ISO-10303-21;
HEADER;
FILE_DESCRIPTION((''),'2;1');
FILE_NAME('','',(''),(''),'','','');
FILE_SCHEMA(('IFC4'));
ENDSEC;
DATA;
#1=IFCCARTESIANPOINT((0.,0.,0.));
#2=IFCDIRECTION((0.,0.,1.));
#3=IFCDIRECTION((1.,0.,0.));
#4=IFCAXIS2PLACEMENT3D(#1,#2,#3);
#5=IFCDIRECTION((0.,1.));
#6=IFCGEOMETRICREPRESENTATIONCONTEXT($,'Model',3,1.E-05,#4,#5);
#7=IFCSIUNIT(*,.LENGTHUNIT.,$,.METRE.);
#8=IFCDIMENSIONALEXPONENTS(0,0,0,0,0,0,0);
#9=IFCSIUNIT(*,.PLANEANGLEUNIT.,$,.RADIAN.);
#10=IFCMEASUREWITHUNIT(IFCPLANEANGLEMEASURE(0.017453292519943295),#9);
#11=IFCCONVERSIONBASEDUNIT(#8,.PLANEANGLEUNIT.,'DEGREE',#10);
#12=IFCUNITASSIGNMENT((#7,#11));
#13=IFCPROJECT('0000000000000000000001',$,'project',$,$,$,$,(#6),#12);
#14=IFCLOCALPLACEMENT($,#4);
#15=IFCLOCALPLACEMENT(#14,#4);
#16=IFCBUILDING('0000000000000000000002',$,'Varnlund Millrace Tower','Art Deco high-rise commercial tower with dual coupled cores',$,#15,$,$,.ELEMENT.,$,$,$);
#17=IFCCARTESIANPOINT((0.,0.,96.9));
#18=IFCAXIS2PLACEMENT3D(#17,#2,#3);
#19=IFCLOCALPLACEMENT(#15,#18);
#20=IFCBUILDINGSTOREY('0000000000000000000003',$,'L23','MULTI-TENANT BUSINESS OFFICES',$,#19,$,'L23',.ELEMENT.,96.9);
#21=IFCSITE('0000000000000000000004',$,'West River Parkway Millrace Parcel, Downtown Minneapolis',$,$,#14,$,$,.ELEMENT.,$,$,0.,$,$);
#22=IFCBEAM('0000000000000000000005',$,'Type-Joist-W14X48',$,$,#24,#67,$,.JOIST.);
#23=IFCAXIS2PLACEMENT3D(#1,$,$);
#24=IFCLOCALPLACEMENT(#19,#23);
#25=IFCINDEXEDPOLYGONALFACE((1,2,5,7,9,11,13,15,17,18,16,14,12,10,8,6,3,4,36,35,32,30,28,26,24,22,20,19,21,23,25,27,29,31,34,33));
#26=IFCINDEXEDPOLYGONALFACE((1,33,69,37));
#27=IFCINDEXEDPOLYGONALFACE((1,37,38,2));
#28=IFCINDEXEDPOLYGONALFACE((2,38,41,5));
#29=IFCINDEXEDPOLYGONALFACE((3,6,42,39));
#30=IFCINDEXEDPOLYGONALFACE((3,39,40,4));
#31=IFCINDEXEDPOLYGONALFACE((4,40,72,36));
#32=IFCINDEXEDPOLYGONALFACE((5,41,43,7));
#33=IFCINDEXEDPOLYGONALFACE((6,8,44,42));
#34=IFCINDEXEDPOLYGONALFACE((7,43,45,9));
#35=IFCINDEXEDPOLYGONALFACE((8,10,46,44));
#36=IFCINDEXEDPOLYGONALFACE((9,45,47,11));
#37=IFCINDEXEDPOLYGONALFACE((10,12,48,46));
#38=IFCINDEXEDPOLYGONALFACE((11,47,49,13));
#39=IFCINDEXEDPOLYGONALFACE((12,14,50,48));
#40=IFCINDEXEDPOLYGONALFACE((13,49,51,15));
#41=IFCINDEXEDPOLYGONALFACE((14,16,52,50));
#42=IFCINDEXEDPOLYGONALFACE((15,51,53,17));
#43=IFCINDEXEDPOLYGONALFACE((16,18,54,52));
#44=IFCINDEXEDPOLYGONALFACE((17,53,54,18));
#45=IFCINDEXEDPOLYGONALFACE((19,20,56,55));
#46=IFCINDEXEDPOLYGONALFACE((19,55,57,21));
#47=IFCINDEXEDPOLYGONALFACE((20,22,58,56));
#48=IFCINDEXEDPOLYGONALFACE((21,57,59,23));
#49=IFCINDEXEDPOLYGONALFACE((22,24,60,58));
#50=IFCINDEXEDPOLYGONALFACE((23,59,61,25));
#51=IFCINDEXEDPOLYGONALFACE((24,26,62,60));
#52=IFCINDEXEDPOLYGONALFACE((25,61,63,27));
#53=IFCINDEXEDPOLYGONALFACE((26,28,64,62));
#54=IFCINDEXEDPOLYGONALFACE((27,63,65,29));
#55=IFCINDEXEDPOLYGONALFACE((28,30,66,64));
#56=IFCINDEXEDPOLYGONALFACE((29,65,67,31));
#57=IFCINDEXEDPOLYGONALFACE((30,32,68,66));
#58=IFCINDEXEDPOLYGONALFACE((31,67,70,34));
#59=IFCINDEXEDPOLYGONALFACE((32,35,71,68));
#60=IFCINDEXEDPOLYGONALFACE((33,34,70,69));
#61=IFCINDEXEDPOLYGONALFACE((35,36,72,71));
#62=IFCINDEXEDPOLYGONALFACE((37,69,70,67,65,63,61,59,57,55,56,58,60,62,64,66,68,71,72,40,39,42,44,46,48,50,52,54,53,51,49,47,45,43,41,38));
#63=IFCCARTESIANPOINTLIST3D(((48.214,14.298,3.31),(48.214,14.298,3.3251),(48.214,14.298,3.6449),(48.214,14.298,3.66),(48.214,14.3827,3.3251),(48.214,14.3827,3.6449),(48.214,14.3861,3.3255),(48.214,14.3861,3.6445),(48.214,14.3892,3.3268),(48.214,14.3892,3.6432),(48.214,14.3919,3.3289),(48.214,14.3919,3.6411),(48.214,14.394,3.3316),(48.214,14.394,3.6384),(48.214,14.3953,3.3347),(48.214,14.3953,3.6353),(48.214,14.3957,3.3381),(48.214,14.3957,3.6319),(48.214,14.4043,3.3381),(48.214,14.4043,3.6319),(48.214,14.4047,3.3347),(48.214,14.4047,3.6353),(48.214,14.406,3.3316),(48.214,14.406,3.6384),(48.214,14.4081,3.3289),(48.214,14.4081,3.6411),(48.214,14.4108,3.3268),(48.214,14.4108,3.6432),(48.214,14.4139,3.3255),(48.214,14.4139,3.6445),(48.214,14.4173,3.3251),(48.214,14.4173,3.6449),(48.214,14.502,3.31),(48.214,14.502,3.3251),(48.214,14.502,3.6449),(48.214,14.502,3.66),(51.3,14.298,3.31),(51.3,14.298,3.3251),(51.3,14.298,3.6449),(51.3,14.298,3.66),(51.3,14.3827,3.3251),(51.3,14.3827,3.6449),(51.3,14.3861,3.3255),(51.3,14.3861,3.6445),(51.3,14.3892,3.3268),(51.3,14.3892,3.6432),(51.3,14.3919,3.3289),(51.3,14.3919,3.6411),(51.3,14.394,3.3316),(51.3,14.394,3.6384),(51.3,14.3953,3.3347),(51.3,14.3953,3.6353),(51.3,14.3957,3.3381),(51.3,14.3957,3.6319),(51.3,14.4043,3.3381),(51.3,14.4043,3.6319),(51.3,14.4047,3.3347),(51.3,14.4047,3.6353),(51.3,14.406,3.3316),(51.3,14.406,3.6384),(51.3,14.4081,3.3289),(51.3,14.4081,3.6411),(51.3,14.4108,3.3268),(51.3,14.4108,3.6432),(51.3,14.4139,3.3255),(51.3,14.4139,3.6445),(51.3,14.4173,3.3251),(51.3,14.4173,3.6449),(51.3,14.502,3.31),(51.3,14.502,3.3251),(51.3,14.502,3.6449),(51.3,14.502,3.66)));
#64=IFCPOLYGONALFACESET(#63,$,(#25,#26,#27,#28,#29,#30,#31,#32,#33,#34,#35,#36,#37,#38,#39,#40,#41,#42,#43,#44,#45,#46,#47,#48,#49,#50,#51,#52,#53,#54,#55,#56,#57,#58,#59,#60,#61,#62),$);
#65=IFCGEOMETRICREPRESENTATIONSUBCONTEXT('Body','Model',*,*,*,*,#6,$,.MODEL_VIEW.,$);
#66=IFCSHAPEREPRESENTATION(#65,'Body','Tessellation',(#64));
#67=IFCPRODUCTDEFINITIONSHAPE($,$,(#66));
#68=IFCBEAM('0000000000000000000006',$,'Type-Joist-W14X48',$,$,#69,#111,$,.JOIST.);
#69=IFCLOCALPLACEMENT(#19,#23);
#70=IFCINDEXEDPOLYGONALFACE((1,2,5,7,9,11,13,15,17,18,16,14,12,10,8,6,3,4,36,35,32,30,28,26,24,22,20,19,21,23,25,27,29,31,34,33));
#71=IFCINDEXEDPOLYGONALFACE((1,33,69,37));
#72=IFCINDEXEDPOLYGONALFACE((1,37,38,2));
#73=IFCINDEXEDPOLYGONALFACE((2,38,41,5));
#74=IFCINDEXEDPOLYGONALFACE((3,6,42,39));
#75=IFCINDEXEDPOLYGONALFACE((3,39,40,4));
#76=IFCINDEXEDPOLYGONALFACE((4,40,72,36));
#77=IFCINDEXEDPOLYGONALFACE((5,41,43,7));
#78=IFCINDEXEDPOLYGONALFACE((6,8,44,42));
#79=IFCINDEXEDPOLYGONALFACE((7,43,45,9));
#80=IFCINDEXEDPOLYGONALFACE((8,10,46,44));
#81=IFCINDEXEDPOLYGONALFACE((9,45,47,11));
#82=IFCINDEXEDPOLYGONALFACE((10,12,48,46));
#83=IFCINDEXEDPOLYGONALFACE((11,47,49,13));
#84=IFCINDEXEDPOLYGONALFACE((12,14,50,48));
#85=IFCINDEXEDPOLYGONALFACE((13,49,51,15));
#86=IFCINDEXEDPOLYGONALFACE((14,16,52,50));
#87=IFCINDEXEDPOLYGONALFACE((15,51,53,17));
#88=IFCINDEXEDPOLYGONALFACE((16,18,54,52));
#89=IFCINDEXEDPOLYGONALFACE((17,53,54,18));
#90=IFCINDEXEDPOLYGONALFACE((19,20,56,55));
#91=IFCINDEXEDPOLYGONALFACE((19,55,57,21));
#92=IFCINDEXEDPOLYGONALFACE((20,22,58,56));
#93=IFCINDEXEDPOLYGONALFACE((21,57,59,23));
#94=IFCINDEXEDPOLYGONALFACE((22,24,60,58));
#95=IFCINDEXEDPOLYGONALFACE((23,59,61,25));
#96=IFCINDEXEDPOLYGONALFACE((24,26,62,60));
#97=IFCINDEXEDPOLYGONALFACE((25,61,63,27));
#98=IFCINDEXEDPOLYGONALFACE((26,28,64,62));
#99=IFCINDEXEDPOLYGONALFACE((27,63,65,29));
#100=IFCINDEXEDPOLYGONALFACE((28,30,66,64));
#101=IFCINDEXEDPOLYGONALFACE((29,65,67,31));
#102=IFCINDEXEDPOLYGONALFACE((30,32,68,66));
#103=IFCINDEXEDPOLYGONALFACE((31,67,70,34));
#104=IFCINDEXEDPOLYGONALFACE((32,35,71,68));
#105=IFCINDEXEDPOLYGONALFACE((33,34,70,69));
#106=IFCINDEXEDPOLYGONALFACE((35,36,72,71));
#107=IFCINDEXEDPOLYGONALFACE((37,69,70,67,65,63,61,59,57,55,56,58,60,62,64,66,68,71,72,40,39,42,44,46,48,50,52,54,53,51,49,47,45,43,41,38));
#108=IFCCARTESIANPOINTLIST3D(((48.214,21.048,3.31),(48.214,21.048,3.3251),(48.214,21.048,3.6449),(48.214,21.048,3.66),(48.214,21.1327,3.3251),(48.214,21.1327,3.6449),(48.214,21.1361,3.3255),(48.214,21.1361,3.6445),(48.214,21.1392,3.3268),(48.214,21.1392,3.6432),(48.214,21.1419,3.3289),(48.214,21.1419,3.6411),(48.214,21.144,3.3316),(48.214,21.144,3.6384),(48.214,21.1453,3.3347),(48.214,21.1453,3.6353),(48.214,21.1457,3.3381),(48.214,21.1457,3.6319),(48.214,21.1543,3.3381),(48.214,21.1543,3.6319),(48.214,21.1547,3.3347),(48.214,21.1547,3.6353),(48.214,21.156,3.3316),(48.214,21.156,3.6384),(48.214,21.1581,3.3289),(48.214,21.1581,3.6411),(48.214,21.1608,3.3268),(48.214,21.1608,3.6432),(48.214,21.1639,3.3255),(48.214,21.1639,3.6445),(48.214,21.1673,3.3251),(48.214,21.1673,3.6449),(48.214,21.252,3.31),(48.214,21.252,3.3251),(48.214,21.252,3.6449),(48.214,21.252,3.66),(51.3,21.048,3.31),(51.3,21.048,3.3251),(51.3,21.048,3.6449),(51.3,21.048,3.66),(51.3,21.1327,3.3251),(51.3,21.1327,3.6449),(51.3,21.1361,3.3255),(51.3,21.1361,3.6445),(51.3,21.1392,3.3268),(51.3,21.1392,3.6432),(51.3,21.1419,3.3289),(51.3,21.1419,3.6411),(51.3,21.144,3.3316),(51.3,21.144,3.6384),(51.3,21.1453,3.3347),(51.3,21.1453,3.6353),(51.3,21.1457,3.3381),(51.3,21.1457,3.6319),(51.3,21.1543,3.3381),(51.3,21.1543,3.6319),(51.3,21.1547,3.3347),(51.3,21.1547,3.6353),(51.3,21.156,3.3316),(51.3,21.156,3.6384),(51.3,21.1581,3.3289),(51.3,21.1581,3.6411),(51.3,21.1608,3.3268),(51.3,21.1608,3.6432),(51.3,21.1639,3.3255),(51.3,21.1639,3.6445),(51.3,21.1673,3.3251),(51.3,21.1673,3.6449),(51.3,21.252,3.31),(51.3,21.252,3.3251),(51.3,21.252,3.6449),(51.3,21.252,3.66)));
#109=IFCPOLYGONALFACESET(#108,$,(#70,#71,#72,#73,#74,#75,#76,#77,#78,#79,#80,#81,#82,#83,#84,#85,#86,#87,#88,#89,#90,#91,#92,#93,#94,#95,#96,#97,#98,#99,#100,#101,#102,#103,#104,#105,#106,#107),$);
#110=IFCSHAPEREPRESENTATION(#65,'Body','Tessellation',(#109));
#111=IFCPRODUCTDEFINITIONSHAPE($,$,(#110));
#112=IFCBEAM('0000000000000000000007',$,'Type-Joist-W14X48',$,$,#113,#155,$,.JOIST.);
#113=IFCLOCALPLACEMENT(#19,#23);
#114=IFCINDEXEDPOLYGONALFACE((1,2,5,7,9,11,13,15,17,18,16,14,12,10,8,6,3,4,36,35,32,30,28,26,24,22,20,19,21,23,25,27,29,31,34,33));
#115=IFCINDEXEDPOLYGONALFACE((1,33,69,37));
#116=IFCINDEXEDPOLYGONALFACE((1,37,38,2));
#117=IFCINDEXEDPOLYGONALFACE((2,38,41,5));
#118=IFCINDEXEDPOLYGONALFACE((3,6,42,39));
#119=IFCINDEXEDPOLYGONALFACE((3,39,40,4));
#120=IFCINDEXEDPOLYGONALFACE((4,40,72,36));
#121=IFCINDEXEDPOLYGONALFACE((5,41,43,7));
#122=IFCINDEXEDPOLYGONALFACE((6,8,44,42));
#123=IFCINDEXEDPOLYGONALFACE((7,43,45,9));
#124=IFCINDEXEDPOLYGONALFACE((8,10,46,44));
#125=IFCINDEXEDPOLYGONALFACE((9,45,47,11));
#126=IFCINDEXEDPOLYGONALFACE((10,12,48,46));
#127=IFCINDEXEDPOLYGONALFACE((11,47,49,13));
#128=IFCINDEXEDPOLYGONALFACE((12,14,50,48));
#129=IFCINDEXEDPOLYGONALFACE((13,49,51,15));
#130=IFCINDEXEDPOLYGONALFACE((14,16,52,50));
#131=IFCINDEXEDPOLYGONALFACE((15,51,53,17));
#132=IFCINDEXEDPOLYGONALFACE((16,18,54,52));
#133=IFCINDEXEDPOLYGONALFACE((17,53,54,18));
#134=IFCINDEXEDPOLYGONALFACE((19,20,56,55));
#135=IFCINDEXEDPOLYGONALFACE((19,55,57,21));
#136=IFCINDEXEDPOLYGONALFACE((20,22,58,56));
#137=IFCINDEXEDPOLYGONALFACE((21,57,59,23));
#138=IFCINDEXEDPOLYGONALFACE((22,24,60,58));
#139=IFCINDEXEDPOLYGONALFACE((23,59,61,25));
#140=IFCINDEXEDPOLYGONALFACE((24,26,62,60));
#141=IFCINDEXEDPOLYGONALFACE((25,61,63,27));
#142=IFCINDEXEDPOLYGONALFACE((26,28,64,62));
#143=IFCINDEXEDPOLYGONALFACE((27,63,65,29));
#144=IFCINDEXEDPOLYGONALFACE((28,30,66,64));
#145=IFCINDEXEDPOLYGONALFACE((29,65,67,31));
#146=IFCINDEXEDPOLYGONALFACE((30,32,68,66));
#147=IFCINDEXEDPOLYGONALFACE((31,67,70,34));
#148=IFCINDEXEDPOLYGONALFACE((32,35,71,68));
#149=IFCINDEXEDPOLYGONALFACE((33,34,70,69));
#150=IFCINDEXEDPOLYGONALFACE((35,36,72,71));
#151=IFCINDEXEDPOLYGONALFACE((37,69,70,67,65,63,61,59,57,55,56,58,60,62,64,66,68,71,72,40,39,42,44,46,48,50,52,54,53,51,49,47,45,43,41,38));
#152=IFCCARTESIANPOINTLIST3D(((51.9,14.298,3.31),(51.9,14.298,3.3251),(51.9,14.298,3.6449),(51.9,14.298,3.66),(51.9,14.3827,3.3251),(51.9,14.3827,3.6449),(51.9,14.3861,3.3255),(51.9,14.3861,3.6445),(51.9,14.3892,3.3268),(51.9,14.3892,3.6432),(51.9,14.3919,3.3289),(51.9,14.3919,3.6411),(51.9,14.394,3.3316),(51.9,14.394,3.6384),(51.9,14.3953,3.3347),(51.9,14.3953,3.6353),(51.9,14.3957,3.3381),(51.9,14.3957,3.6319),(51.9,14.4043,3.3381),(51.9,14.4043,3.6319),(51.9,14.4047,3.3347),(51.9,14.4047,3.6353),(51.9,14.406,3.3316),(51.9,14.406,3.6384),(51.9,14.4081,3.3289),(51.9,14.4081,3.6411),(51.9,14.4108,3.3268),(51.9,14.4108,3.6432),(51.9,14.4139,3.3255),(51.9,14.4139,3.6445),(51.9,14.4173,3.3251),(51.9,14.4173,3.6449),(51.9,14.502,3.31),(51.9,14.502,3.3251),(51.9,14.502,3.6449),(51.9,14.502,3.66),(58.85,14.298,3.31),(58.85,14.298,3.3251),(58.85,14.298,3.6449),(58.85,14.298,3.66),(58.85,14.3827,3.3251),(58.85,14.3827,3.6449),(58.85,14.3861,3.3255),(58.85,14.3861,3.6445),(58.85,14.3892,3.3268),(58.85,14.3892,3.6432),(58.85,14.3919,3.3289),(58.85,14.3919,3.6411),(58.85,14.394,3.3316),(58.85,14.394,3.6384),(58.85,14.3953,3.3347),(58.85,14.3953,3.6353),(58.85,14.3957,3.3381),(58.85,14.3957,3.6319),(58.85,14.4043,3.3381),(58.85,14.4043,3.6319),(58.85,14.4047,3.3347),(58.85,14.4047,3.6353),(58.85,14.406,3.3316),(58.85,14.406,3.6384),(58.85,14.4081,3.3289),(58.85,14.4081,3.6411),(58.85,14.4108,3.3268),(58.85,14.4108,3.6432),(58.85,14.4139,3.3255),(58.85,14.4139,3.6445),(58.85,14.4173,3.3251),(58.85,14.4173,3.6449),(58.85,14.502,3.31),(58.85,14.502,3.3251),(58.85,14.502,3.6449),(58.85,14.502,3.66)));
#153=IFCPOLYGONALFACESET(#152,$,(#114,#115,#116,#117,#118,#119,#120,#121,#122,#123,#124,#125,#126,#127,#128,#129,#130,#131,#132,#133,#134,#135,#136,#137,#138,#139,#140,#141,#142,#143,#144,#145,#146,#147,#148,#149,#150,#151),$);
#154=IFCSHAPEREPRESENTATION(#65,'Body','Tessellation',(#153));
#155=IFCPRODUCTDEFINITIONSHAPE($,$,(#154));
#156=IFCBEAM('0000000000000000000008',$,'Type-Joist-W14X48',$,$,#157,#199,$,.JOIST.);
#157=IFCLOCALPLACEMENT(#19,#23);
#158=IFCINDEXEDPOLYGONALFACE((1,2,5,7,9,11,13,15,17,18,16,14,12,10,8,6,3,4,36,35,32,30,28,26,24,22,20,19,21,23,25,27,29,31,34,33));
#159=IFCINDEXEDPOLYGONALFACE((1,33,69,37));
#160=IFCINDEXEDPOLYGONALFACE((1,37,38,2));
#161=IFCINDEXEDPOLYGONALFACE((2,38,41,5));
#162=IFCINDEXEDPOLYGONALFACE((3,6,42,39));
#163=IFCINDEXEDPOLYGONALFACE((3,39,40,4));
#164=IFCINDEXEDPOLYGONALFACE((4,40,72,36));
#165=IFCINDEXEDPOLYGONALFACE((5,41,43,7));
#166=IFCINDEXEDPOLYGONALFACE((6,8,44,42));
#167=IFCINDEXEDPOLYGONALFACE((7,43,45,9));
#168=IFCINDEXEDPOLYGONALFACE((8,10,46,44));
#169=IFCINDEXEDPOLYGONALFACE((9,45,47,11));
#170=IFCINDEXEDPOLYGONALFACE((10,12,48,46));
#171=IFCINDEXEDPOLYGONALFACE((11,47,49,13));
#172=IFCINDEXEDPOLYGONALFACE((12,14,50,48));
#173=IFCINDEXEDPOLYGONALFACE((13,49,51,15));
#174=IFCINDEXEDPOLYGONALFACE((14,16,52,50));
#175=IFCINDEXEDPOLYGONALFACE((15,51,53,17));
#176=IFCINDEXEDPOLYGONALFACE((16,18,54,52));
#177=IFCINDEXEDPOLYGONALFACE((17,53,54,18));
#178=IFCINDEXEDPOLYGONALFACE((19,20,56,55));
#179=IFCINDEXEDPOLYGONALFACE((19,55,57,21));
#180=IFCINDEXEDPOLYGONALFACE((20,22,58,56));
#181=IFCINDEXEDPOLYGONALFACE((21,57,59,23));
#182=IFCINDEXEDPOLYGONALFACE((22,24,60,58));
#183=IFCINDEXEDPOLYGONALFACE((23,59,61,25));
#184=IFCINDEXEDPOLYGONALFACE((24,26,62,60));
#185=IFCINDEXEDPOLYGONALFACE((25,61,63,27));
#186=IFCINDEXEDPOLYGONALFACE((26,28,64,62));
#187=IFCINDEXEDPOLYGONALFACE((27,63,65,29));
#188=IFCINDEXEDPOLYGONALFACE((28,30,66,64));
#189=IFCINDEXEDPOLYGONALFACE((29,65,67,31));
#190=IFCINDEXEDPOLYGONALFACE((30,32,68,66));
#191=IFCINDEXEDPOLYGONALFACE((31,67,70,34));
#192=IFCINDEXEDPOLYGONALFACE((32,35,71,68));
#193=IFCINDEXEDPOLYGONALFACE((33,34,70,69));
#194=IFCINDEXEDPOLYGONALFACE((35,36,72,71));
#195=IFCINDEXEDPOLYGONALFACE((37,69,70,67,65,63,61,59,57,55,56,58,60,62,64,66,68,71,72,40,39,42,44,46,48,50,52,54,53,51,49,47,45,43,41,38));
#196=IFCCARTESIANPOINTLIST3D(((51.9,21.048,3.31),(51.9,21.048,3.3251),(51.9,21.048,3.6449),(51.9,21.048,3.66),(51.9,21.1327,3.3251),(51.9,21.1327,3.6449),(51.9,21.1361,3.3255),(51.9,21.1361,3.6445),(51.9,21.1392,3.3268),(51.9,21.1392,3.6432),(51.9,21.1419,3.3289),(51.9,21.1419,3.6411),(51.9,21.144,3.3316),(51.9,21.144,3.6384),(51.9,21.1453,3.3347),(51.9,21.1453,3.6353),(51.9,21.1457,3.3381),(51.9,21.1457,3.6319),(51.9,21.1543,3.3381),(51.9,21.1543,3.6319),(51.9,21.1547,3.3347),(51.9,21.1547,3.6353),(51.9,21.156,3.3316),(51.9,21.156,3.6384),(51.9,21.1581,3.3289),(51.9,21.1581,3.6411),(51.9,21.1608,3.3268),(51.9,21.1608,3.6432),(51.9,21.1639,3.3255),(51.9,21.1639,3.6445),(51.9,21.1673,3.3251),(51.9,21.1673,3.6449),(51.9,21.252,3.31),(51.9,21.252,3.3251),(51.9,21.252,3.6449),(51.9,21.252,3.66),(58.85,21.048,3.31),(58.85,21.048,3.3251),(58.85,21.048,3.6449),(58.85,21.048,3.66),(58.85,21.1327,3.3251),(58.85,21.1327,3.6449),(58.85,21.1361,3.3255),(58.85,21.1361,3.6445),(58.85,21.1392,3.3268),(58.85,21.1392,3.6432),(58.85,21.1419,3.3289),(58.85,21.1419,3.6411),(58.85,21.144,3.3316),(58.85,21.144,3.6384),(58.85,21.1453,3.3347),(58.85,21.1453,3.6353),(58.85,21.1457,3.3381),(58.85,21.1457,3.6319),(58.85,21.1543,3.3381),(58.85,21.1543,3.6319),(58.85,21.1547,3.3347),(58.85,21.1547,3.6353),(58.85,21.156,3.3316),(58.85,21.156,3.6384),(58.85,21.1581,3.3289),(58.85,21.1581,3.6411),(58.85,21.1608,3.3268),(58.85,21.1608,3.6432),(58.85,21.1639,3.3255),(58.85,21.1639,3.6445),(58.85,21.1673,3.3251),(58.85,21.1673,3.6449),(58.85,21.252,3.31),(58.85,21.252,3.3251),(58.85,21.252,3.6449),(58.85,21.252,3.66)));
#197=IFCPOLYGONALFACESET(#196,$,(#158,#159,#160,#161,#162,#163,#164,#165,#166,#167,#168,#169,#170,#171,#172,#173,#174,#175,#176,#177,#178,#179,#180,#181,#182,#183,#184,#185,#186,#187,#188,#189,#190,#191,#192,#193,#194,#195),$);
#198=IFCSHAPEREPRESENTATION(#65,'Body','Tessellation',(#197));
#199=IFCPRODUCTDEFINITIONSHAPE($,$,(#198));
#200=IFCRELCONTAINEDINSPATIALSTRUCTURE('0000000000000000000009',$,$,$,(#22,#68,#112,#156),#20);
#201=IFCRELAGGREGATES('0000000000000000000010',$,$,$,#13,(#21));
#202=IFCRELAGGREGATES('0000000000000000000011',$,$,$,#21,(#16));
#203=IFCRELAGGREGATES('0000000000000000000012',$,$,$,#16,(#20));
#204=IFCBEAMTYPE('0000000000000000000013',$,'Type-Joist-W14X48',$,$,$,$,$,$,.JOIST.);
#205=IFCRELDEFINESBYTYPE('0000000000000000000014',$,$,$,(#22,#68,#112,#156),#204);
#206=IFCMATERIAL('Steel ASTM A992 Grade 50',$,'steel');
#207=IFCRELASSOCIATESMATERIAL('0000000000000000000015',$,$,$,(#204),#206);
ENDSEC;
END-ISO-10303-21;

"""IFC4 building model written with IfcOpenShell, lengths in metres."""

from ifc_helpers import new_model, entity, si_unit, converted_unit, direction, frame, origin_with_axes, origin_2d_with_axis, place, context, subcontext, project, spatial, i_section, extrude, material, material_profile, profile_set, type_object, element, save


model = new_model("IFC4")

# Units and contexts
model_context = context("Model", 3, precision=1e-05, world=origin_with_axes(), true_north=direction((0.0, 1.0)))
body_context = subcontext(model_context, "Body", "Model", "MODEL_VIEW")
ifc_project = project(units=[si_unit("LENGTHUNIT", "METRE"), converted_unit("PLANEANGLEUNIT", "DEGREE", entity("IfcPlaneAngleMeasure", 0.017453292519943295), si_unit("PLANEANGLEUNIT", "RADIAN"), dimensions=[0, 0, 0, 0, 0, 0, 0])], contexts=[model_context])

# Site, building, storey
site_placement = place(None, origin_with_axes())
site = spatial("IfcSite", under=ifc_project, at=site_placement, Name="West River Parkway Millrace Parcel, Downtown Minneapolis", CompositionType="ELEMENT", RefElevation=0.0)
building_placement = place(site_placement, origin_with_axes())
building = spatial("IfcBuilding", under=site, at=building_placement, Name="Varnlund Millrace Tower", Description="Art Deco high-rise commercial tower with dual coupled cores", CompositionType="ELEMENT")
storey_placement = place(building_placement, frame((0.0, 0.0, 96.9), z_axis=(0.0, 0.0, 1.0), x_axis=(1.0, 0.0, 0.0)))
storey = spatial("IfcBuildingStorey", under=building, at=storey_placement, Name="L23", Description="MULTI-TENANT BUSINESS OFFICES", LongName="L23", CompositionType="ELEMENT", Elevation=96.9)

# Beams
ifc_material_1 = material(Name="Steel ASTM A992 Grade 50", Category="steel")
ifc_material_profile_1 = material_profile(ifc_material_1, i_section(OverallWidth=0.204, OverallDepth=0.35, WebThickness=0.0086, FlangeThickness=0.0151, FilletRadius=0.013, at=origin_2d_with_axis()), Name="Steel ASTM A992 Grade 50")
ifc_profile_set_1 = profile_set([ifc_material_profile_1], Name="Steel ASTM A992 Grade 50")
beam_type_1 = type_object("IfcBeamType", Name="Type-Joist-W14X48", PredefinedType="JOIST", material=ifc_profile_set_1)
for number, where, z_axis, x_axis, name in (
    (1, (48.214, 14.4, 3.485), (1.0, 0.0, 0.0), (0.0, 1.0, 0.0), "Type-Joist-W14X48"),
    (2, (48.214, 21.15, 3.485), (1.0, 0.0, 0.0), (0.0, 1.0, 0.0), "Type-Joist-W14X48"),
):
    element("IfcBeam", number, at=place(storey_placement, frame(where, z_axis=z_axis, x_axis=x_axis)), inside=storey, type_object=beam_type_1, Name=name, PredefinedType="JOIST", context=body_context, shape_type="SweptSolid", body=[
        extrude(i_section(OverallWidth=0.204, OverallDepth=0.35, WebThickness=0.0086, FlangeThickness=0.0151, FilletRadius=0.013, at=origin_2d_with_axis()), origin_with_axes(), (0.0, 0.0, 1.0), 3.086),
    ])
for number, where, z_axis, x_axis, name in (
    (3, (51.9, 14.4, 3.485), (1.0, 0.0, 0.0), (0.0, 1.0, 0.0), "Type-Joist-W14X48"),
    (4, (51.9, 21.15, 3.485), (1.0, 0.0, 0.0), (0.0, 1.0, 0.0), "Type-Joist-W14X48"),
):
    element("IfcBeam", number, at=place(storey_placement, frame(where, z_axis=z_axis, x_axis=x_axis)), inside=storey, type_object=beam_type_1, Name=name, PredefinedType="JOIST", context=body_context, shape_type="SweptSolid", body=[
        extrude(i_section(OverallWidth=0.204, OverallDepth=0.35, WebThickness=0.0086, FlangeThickness=0.0151, FilletRadius=0.013, at=origin_2d_with_axis()), origin_with_axes(), (0.0, 0.0, 1.0), 6.95),
    ])

save(model, "model.ifc")
